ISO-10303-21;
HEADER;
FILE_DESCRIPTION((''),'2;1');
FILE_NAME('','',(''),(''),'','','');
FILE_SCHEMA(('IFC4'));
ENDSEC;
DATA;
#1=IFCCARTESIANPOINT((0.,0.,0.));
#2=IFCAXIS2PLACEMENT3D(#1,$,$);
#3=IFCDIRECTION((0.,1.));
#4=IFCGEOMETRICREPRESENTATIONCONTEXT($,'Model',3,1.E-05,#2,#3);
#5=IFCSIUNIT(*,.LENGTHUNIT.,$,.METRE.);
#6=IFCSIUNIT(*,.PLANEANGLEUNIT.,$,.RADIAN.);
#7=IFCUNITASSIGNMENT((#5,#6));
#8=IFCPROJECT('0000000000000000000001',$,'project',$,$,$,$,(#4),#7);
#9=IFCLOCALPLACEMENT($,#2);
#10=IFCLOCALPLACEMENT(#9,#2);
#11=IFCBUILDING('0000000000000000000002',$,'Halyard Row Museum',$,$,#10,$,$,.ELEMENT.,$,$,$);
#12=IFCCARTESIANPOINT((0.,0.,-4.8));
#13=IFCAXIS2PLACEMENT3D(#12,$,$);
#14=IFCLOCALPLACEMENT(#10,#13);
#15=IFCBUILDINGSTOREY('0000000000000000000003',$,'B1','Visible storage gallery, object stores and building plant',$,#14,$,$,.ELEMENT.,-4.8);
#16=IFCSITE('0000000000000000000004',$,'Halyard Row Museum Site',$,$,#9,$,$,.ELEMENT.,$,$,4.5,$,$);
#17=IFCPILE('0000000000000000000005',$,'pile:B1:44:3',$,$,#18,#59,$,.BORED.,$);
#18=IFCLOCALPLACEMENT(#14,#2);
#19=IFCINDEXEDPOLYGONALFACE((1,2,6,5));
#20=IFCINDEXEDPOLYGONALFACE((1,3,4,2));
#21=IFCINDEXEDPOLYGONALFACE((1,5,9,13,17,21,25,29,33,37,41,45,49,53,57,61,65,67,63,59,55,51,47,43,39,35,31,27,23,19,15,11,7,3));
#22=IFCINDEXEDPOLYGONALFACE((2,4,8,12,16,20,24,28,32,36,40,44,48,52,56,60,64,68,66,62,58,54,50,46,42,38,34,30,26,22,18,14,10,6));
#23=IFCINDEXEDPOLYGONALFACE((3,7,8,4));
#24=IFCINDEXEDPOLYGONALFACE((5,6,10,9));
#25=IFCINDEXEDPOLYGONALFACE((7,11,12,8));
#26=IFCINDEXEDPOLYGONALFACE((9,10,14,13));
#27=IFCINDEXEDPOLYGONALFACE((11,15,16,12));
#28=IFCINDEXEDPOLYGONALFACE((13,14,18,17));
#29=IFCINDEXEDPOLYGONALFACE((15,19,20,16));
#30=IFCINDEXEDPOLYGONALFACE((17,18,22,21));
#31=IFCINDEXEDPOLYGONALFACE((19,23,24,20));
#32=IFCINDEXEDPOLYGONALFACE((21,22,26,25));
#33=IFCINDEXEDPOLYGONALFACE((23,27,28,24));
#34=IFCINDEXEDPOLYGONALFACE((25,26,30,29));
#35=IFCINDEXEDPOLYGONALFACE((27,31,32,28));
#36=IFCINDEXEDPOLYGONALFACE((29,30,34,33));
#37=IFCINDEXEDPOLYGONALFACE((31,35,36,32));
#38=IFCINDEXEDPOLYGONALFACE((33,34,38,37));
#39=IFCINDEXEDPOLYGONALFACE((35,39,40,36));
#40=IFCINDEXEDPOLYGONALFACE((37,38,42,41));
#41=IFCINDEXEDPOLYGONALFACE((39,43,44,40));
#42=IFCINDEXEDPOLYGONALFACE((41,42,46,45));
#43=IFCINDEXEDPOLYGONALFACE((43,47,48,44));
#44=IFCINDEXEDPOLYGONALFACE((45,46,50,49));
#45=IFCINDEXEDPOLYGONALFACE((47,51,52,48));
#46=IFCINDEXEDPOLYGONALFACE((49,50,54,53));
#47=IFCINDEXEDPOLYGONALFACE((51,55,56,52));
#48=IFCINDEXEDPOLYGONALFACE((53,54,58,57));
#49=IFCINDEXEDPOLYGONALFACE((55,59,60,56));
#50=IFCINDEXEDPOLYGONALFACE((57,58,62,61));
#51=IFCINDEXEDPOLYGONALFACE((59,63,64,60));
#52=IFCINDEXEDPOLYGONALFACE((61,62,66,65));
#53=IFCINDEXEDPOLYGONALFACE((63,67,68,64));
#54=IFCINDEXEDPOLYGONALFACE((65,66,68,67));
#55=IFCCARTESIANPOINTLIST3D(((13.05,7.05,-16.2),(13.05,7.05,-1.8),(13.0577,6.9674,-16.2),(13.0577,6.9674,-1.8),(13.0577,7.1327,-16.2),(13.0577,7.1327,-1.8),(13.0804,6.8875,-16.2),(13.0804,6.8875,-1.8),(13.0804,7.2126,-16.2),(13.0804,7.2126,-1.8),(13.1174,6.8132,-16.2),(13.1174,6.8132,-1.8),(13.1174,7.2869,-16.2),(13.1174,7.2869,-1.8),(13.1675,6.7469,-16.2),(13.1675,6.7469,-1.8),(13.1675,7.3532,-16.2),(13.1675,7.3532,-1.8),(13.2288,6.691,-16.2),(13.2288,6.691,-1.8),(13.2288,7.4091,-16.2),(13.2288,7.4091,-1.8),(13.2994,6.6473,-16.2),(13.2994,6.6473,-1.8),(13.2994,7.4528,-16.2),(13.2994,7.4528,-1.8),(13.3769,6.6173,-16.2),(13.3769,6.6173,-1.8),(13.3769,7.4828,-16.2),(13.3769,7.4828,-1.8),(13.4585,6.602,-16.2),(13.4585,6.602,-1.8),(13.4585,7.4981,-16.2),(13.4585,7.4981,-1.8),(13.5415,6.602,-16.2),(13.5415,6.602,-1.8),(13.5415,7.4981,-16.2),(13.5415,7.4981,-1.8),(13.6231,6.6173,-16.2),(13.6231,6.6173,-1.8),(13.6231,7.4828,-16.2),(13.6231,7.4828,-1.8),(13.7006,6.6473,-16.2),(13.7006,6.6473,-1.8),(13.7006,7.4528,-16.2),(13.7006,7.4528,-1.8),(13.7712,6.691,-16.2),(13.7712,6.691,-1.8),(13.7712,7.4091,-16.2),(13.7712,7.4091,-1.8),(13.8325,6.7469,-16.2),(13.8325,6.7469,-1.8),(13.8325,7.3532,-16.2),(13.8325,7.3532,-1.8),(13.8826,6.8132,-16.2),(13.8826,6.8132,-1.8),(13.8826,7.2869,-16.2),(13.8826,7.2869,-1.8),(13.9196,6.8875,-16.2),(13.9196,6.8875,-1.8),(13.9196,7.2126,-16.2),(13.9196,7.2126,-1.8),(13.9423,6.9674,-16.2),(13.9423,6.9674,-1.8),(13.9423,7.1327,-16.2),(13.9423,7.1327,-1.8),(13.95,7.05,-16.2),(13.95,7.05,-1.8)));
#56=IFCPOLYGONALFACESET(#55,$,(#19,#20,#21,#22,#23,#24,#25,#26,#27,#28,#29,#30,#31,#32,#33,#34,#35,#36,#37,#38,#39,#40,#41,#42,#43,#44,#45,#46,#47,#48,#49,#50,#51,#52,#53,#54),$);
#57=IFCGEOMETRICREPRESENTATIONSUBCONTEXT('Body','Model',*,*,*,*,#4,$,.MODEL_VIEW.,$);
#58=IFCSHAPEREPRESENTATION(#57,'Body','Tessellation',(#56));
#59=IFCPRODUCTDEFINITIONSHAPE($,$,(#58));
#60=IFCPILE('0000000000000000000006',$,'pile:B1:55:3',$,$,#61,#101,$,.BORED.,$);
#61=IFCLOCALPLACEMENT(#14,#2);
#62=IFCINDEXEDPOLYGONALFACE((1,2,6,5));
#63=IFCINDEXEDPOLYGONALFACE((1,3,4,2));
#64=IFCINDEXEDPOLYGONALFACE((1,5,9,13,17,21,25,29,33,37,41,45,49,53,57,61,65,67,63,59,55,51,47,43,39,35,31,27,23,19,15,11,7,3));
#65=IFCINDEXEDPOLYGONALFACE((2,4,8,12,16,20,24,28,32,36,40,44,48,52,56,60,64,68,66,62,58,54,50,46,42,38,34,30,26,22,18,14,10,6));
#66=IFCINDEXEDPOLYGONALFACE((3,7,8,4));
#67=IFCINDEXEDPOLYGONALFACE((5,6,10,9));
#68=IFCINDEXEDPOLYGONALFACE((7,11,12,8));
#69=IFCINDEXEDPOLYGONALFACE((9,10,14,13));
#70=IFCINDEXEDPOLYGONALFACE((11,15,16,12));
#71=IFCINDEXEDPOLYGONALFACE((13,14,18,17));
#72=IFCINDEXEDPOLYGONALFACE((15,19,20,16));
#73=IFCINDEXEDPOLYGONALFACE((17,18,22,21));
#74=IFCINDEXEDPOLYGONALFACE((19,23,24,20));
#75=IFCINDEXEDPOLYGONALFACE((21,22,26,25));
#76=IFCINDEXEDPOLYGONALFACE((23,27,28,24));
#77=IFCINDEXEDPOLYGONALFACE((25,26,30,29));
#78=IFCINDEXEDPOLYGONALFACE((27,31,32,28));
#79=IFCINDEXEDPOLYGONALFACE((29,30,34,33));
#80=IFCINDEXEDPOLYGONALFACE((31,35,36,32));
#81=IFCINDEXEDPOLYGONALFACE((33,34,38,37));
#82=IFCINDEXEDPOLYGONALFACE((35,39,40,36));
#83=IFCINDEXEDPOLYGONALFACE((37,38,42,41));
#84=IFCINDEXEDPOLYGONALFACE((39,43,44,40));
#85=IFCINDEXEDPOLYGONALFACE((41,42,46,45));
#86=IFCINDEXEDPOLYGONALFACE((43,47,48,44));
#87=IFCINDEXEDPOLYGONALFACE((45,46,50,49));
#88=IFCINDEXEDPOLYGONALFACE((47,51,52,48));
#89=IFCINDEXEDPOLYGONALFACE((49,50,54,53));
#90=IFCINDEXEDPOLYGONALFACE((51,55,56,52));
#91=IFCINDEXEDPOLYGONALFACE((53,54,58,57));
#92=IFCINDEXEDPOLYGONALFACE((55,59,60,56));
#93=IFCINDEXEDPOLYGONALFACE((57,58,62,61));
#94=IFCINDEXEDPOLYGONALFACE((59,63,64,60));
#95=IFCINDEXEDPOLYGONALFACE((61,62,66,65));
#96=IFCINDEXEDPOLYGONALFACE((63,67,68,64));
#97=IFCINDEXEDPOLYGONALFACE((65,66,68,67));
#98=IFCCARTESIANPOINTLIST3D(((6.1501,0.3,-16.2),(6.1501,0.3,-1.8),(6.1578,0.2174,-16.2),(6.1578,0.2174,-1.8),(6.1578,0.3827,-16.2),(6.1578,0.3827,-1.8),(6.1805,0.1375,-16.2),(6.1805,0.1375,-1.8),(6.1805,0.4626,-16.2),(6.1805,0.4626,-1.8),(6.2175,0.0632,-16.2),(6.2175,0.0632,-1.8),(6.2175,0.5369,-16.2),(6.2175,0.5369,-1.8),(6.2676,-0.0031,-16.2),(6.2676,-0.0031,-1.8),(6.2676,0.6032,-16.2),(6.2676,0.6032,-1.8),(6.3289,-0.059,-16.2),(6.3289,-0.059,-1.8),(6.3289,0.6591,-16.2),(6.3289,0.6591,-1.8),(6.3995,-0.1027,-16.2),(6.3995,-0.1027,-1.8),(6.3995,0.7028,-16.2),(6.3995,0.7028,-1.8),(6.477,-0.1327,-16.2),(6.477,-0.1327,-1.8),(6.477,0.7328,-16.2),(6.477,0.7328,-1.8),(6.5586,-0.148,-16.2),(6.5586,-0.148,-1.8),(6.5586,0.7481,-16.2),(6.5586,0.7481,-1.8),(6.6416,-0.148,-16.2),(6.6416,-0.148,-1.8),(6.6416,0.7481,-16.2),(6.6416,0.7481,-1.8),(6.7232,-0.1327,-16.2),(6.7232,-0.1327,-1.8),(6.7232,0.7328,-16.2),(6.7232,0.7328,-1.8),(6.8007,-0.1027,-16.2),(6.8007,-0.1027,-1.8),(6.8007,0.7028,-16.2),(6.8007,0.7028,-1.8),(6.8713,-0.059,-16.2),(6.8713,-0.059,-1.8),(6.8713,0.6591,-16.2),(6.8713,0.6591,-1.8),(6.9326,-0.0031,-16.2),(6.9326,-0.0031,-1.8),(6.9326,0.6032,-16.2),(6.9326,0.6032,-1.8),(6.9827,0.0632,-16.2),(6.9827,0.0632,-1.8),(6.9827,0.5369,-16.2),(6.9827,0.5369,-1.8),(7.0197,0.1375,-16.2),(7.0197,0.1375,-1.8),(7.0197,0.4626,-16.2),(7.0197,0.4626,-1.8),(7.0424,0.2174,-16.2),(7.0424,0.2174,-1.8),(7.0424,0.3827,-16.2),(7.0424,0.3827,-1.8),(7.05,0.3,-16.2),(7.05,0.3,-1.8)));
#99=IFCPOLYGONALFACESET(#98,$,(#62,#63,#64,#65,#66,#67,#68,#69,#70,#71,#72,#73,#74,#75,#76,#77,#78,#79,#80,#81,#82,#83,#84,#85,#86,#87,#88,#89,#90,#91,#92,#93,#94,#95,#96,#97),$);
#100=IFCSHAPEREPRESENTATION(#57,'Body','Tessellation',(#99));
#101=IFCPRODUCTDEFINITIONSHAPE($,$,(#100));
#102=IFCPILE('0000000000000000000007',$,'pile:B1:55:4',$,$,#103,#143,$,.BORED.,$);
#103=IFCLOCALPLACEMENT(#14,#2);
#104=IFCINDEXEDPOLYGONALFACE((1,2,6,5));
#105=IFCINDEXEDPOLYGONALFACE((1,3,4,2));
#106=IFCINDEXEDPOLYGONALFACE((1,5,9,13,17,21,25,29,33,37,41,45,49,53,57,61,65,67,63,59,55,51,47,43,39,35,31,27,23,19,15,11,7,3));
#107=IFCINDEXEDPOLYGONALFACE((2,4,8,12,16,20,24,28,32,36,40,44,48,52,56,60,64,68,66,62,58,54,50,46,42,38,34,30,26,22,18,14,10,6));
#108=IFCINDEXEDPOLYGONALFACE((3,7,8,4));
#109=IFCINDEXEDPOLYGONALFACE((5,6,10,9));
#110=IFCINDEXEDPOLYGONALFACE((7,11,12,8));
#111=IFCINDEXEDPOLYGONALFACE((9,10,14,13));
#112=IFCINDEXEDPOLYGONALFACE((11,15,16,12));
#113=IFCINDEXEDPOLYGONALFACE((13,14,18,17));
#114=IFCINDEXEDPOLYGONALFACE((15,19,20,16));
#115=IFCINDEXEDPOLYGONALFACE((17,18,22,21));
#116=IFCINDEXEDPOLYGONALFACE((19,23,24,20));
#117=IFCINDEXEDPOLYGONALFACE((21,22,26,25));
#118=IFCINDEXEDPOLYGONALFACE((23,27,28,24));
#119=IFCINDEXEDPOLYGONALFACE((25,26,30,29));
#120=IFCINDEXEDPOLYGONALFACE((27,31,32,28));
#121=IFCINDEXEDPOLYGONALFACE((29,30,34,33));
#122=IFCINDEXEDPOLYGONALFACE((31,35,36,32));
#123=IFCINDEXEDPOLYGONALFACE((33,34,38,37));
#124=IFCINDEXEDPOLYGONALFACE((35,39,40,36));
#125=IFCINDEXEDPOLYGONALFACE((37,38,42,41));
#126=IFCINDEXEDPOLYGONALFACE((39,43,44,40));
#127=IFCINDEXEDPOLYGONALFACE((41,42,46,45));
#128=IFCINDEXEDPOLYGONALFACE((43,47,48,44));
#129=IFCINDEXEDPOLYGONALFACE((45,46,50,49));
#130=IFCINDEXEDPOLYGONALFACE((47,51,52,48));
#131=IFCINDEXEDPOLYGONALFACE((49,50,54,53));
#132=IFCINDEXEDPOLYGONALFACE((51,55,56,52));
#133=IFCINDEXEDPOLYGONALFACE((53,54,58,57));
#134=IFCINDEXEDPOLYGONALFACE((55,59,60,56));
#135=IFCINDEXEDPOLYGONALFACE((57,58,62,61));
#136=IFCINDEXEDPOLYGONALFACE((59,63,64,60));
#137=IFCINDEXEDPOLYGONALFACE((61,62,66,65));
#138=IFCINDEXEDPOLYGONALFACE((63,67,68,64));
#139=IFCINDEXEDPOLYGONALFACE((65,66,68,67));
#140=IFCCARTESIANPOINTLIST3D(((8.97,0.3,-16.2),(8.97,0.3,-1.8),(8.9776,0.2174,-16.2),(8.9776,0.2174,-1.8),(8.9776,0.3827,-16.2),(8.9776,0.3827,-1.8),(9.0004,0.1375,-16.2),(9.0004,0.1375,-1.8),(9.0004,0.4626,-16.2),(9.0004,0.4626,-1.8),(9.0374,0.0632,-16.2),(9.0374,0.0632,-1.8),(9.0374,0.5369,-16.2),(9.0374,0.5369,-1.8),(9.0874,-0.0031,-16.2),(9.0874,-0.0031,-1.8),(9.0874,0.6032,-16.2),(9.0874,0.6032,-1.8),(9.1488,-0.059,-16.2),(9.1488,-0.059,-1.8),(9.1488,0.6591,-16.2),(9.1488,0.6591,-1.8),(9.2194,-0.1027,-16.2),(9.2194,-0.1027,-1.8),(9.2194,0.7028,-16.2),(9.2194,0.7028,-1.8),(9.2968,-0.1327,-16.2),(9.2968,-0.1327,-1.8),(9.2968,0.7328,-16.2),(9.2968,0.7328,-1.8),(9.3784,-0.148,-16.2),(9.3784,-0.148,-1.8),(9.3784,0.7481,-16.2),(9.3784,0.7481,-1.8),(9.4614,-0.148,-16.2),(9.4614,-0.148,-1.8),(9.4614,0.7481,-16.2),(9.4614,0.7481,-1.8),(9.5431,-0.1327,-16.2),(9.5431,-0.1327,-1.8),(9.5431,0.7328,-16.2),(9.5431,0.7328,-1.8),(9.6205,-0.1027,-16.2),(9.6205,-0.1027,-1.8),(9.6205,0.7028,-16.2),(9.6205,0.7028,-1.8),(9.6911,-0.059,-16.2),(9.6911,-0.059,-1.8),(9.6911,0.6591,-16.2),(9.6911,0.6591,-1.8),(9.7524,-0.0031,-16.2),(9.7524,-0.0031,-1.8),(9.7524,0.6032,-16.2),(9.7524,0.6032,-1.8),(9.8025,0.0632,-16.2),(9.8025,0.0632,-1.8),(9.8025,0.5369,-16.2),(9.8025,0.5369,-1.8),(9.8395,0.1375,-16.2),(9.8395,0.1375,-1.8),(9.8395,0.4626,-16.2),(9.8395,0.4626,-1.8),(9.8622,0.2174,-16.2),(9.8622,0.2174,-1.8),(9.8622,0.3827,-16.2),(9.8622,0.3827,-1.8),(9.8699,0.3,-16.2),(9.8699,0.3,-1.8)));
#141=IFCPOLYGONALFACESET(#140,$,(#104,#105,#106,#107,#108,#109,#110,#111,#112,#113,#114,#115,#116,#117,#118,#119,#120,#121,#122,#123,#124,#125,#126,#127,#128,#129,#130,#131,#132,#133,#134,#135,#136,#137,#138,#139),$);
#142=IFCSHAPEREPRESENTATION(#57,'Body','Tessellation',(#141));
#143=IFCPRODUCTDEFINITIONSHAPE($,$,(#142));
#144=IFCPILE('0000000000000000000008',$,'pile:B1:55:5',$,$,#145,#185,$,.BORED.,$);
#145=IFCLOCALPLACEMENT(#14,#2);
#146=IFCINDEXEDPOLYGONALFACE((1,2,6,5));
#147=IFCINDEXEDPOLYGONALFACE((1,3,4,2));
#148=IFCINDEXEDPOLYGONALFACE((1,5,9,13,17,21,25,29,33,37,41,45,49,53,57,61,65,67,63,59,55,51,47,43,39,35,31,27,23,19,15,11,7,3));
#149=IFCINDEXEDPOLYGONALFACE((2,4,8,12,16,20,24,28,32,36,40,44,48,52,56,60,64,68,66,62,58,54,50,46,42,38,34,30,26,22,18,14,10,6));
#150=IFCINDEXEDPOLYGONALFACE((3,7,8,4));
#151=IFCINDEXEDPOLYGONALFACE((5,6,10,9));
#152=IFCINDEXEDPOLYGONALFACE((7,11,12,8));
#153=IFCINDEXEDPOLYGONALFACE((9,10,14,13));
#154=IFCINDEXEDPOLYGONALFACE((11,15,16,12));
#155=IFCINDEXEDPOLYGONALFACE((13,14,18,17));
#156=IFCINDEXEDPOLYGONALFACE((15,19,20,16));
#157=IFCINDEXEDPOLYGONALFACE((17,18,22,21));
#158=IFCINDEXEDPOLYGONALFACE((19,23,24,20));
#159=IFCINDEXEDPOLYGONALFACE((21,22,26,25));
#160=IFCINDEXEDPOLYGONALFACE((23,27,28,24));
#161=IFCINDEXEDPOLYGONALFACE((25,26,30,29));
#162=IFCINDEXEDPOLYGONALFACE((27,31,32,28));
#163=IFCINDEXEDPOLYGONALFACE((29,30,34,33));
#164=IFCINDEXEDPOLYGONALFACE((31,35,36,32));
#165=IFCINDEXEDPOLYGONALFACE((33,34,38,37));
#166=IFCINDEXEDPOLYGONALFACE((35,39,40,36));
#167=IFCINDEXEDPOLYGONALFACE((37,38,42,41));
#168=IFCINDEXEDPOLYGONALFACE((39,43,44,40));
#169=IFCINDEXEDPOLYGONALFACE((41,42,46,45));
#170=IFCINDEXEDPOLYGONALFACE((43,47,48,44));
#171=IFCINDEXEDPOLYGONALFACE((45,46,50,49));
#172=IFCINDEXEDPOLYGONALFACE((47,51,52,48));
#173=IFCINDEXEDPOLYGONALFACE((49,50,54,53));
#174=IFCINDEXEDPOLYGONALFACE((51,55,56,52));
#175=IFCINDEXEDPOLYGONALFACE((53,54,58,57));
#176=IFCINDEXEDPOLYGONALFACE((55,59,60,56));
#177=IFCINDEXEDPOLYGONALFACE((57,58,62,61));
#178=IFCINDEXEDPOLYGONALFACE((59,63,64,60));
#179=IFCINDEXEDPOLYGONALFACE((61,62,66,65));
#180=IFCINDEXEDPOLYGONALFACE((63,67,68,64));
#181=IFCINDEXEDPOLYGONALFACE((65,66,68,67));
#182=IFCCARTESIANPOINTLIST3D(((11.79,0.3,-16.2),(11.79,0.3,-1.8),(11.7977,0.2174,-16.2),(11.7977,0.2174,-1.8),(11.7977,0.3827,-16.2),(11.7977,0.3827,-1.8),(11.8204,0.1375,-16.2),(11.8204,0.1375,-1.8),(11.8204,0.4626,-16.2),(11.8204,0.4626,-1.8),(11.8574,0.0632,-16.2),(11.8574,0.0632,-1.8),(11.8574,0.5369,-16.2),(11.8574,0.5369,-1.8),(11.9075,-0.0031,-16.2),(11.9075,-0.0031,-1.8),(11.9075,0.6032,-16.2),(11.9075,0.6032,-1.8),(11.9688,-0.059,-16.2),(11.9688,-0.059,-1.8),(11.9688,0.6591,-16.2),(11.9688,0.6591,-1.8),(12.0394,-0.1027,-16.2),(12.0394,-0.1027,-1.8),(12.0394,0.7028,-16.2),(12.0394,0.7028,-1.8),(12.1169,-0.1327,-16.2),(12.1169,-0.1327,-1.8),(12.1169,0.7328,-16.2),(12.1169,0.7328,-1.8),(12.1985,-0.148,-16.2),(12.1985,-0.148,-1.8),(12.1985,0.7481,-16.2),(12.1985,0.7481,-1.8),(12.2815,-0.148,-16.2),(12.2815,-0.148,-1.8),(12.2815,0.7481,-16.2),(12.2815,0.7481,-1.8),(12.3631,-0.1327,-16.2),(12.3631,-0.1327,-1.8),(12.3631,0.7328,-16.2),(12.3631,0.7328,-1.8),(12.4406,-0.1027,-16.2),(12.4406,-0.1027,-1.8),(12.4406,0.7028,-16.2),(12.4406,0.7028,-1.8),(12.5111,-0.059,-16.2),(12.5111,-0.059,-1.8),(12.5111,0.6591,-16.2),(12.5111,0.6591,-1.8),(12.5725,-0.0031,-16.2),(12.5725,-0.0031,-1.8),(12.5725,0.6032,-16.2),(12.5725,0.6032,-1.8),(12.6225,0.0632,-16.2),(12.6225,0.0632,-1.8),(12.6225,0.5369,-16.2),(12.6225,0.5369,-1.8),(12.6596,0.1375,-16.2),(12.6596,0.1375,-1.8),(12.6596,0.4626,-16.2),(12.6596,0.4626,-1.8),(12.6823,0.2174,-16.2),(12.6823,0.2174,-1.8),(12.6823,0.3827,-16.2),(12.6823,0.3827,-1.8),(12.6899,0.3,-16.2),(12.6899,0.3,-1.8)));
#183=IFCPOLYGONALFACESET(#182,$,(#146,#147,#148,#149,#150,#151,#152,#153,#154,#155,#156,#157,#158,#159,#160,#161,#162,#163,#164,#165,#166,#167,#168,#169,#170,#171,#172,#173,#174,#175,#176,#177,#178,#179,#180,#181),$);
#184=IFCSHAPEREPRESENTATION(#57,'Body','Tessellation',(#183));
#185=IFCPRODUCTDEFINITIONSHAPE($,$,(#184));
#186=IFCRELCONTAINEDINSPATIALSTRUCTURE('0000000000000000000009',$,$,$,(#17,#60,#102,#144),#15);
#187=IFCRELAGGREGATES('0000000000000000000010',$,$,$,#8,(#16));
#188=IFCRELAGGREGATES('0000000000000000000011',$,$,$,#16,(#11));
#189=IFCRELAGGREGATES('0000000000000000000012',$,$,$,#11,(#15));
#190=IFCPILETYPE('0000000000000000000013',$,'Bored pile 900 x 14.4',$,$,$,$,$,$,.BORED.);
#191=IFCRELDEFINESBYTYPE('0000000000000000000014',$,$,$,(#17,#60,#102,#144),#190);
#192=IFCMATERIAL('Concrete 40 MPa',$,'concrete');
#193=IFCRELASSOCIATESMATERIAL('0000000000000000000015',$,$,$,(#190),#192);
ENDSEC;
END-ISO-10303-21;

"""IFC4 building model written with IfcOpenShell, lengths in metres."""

from ifc_helpers import new_model, si_unit, direction, frame, origin, origin_2d, place, context, subcontext, project, spatial, circle, extrude, material, material_profile, profile_set, type_object, element, save


model = new_model("IFC4")

# Units and contexts
model_context = context("Model", 3, precision=1e-05, world=origin(), true_north=direction((0.0, 1.0)))
body_context = subcontext(model_context, "Body", "Model", "MODEL_VIEW")
ifc_project = project(units=[si_unit("LENGTHUNIT", "METRE"), si_unit("PLANEANGLEUNIT", "RADIAN")], contexts=[model_context])

# Site, building, storey
site_placement = place(None, origin())
site = spatial("IfcSite", under=ifc_project, at=site_placement, Name="Halyard Row Museum Site", CompositionType="ELEMENT", RefElevation=4.5)
building_placement = place(site_placement, origin())
building = spatial("IfcBuilding", under=site, at=building_placement, Name="Halyard Row Museum", CompositionType="ELEMENT")
storey_placement = place(building_placement, frame((0.0, 0.0, -4.8)))
storey = spatial("IfcBuildingStorey", under=building, at=storey_placement, Name="B1", Description="Visible storage gallery, object stores and building plant", CompositionType="ELEMENT", Elevation=-4.8)

# Piles
ifc_material_1 = material(Name="Concrete 40 MPa", Category="concrete")
ifc_material_profile_1 = material_profile(ifc_material_1, circle(Radius=0.45, at=origin_2d()), Name="Bored pile 900 x 14.4")
ifc_profile_set_1 = profile_set([ifc_material_profile_1], Name="Concrete 40 MPa")
pile_type_1 = type_object("IfcPileType", Name="Bored pile 900 x 14.4", PredefinedType="BORED", material=ifc_profile_set_1)
for number, where, z_axis, x_axis, name in (
    (1, (13.5, 7.05, -1.8), (0.0, 0.0, -1.0), (1.0, 0.0, 0.0), "pile:B1:44:3"),
    (2, (6.6001, 0.3, -1.8), (0.0, 0.0, -1.0), (1.0, 0.0, 0.0), "pile:B1:55:3"),
    (3, (9.4199, 0.3, -1.8), (0.0, 0.0, -1.0), (1.0, 0.0, 0.0), "pile:B1:55:4"),
    (4, (12.24, 0.3, -1.8), (0.0, 0.0, -1.0), (1.0, 0.0, 0.0), "pile:B1:55:5"),
):
    element("IfcPile", number, at=place(storey_placement, frame(where, z_axis=z_axis, x_axis=x_axis)), inside=storey, type_object=pile_type_1, Name=name, PredefinedType="BORED", context=body_context, shape_type="SweptSolid", body=[
        extrude(circle(Radius=0.45, at=origin_2d()), origin(), (0.0, 0.0, 1.0), 14.3999),
    ])

save(model, "model.ifc")
